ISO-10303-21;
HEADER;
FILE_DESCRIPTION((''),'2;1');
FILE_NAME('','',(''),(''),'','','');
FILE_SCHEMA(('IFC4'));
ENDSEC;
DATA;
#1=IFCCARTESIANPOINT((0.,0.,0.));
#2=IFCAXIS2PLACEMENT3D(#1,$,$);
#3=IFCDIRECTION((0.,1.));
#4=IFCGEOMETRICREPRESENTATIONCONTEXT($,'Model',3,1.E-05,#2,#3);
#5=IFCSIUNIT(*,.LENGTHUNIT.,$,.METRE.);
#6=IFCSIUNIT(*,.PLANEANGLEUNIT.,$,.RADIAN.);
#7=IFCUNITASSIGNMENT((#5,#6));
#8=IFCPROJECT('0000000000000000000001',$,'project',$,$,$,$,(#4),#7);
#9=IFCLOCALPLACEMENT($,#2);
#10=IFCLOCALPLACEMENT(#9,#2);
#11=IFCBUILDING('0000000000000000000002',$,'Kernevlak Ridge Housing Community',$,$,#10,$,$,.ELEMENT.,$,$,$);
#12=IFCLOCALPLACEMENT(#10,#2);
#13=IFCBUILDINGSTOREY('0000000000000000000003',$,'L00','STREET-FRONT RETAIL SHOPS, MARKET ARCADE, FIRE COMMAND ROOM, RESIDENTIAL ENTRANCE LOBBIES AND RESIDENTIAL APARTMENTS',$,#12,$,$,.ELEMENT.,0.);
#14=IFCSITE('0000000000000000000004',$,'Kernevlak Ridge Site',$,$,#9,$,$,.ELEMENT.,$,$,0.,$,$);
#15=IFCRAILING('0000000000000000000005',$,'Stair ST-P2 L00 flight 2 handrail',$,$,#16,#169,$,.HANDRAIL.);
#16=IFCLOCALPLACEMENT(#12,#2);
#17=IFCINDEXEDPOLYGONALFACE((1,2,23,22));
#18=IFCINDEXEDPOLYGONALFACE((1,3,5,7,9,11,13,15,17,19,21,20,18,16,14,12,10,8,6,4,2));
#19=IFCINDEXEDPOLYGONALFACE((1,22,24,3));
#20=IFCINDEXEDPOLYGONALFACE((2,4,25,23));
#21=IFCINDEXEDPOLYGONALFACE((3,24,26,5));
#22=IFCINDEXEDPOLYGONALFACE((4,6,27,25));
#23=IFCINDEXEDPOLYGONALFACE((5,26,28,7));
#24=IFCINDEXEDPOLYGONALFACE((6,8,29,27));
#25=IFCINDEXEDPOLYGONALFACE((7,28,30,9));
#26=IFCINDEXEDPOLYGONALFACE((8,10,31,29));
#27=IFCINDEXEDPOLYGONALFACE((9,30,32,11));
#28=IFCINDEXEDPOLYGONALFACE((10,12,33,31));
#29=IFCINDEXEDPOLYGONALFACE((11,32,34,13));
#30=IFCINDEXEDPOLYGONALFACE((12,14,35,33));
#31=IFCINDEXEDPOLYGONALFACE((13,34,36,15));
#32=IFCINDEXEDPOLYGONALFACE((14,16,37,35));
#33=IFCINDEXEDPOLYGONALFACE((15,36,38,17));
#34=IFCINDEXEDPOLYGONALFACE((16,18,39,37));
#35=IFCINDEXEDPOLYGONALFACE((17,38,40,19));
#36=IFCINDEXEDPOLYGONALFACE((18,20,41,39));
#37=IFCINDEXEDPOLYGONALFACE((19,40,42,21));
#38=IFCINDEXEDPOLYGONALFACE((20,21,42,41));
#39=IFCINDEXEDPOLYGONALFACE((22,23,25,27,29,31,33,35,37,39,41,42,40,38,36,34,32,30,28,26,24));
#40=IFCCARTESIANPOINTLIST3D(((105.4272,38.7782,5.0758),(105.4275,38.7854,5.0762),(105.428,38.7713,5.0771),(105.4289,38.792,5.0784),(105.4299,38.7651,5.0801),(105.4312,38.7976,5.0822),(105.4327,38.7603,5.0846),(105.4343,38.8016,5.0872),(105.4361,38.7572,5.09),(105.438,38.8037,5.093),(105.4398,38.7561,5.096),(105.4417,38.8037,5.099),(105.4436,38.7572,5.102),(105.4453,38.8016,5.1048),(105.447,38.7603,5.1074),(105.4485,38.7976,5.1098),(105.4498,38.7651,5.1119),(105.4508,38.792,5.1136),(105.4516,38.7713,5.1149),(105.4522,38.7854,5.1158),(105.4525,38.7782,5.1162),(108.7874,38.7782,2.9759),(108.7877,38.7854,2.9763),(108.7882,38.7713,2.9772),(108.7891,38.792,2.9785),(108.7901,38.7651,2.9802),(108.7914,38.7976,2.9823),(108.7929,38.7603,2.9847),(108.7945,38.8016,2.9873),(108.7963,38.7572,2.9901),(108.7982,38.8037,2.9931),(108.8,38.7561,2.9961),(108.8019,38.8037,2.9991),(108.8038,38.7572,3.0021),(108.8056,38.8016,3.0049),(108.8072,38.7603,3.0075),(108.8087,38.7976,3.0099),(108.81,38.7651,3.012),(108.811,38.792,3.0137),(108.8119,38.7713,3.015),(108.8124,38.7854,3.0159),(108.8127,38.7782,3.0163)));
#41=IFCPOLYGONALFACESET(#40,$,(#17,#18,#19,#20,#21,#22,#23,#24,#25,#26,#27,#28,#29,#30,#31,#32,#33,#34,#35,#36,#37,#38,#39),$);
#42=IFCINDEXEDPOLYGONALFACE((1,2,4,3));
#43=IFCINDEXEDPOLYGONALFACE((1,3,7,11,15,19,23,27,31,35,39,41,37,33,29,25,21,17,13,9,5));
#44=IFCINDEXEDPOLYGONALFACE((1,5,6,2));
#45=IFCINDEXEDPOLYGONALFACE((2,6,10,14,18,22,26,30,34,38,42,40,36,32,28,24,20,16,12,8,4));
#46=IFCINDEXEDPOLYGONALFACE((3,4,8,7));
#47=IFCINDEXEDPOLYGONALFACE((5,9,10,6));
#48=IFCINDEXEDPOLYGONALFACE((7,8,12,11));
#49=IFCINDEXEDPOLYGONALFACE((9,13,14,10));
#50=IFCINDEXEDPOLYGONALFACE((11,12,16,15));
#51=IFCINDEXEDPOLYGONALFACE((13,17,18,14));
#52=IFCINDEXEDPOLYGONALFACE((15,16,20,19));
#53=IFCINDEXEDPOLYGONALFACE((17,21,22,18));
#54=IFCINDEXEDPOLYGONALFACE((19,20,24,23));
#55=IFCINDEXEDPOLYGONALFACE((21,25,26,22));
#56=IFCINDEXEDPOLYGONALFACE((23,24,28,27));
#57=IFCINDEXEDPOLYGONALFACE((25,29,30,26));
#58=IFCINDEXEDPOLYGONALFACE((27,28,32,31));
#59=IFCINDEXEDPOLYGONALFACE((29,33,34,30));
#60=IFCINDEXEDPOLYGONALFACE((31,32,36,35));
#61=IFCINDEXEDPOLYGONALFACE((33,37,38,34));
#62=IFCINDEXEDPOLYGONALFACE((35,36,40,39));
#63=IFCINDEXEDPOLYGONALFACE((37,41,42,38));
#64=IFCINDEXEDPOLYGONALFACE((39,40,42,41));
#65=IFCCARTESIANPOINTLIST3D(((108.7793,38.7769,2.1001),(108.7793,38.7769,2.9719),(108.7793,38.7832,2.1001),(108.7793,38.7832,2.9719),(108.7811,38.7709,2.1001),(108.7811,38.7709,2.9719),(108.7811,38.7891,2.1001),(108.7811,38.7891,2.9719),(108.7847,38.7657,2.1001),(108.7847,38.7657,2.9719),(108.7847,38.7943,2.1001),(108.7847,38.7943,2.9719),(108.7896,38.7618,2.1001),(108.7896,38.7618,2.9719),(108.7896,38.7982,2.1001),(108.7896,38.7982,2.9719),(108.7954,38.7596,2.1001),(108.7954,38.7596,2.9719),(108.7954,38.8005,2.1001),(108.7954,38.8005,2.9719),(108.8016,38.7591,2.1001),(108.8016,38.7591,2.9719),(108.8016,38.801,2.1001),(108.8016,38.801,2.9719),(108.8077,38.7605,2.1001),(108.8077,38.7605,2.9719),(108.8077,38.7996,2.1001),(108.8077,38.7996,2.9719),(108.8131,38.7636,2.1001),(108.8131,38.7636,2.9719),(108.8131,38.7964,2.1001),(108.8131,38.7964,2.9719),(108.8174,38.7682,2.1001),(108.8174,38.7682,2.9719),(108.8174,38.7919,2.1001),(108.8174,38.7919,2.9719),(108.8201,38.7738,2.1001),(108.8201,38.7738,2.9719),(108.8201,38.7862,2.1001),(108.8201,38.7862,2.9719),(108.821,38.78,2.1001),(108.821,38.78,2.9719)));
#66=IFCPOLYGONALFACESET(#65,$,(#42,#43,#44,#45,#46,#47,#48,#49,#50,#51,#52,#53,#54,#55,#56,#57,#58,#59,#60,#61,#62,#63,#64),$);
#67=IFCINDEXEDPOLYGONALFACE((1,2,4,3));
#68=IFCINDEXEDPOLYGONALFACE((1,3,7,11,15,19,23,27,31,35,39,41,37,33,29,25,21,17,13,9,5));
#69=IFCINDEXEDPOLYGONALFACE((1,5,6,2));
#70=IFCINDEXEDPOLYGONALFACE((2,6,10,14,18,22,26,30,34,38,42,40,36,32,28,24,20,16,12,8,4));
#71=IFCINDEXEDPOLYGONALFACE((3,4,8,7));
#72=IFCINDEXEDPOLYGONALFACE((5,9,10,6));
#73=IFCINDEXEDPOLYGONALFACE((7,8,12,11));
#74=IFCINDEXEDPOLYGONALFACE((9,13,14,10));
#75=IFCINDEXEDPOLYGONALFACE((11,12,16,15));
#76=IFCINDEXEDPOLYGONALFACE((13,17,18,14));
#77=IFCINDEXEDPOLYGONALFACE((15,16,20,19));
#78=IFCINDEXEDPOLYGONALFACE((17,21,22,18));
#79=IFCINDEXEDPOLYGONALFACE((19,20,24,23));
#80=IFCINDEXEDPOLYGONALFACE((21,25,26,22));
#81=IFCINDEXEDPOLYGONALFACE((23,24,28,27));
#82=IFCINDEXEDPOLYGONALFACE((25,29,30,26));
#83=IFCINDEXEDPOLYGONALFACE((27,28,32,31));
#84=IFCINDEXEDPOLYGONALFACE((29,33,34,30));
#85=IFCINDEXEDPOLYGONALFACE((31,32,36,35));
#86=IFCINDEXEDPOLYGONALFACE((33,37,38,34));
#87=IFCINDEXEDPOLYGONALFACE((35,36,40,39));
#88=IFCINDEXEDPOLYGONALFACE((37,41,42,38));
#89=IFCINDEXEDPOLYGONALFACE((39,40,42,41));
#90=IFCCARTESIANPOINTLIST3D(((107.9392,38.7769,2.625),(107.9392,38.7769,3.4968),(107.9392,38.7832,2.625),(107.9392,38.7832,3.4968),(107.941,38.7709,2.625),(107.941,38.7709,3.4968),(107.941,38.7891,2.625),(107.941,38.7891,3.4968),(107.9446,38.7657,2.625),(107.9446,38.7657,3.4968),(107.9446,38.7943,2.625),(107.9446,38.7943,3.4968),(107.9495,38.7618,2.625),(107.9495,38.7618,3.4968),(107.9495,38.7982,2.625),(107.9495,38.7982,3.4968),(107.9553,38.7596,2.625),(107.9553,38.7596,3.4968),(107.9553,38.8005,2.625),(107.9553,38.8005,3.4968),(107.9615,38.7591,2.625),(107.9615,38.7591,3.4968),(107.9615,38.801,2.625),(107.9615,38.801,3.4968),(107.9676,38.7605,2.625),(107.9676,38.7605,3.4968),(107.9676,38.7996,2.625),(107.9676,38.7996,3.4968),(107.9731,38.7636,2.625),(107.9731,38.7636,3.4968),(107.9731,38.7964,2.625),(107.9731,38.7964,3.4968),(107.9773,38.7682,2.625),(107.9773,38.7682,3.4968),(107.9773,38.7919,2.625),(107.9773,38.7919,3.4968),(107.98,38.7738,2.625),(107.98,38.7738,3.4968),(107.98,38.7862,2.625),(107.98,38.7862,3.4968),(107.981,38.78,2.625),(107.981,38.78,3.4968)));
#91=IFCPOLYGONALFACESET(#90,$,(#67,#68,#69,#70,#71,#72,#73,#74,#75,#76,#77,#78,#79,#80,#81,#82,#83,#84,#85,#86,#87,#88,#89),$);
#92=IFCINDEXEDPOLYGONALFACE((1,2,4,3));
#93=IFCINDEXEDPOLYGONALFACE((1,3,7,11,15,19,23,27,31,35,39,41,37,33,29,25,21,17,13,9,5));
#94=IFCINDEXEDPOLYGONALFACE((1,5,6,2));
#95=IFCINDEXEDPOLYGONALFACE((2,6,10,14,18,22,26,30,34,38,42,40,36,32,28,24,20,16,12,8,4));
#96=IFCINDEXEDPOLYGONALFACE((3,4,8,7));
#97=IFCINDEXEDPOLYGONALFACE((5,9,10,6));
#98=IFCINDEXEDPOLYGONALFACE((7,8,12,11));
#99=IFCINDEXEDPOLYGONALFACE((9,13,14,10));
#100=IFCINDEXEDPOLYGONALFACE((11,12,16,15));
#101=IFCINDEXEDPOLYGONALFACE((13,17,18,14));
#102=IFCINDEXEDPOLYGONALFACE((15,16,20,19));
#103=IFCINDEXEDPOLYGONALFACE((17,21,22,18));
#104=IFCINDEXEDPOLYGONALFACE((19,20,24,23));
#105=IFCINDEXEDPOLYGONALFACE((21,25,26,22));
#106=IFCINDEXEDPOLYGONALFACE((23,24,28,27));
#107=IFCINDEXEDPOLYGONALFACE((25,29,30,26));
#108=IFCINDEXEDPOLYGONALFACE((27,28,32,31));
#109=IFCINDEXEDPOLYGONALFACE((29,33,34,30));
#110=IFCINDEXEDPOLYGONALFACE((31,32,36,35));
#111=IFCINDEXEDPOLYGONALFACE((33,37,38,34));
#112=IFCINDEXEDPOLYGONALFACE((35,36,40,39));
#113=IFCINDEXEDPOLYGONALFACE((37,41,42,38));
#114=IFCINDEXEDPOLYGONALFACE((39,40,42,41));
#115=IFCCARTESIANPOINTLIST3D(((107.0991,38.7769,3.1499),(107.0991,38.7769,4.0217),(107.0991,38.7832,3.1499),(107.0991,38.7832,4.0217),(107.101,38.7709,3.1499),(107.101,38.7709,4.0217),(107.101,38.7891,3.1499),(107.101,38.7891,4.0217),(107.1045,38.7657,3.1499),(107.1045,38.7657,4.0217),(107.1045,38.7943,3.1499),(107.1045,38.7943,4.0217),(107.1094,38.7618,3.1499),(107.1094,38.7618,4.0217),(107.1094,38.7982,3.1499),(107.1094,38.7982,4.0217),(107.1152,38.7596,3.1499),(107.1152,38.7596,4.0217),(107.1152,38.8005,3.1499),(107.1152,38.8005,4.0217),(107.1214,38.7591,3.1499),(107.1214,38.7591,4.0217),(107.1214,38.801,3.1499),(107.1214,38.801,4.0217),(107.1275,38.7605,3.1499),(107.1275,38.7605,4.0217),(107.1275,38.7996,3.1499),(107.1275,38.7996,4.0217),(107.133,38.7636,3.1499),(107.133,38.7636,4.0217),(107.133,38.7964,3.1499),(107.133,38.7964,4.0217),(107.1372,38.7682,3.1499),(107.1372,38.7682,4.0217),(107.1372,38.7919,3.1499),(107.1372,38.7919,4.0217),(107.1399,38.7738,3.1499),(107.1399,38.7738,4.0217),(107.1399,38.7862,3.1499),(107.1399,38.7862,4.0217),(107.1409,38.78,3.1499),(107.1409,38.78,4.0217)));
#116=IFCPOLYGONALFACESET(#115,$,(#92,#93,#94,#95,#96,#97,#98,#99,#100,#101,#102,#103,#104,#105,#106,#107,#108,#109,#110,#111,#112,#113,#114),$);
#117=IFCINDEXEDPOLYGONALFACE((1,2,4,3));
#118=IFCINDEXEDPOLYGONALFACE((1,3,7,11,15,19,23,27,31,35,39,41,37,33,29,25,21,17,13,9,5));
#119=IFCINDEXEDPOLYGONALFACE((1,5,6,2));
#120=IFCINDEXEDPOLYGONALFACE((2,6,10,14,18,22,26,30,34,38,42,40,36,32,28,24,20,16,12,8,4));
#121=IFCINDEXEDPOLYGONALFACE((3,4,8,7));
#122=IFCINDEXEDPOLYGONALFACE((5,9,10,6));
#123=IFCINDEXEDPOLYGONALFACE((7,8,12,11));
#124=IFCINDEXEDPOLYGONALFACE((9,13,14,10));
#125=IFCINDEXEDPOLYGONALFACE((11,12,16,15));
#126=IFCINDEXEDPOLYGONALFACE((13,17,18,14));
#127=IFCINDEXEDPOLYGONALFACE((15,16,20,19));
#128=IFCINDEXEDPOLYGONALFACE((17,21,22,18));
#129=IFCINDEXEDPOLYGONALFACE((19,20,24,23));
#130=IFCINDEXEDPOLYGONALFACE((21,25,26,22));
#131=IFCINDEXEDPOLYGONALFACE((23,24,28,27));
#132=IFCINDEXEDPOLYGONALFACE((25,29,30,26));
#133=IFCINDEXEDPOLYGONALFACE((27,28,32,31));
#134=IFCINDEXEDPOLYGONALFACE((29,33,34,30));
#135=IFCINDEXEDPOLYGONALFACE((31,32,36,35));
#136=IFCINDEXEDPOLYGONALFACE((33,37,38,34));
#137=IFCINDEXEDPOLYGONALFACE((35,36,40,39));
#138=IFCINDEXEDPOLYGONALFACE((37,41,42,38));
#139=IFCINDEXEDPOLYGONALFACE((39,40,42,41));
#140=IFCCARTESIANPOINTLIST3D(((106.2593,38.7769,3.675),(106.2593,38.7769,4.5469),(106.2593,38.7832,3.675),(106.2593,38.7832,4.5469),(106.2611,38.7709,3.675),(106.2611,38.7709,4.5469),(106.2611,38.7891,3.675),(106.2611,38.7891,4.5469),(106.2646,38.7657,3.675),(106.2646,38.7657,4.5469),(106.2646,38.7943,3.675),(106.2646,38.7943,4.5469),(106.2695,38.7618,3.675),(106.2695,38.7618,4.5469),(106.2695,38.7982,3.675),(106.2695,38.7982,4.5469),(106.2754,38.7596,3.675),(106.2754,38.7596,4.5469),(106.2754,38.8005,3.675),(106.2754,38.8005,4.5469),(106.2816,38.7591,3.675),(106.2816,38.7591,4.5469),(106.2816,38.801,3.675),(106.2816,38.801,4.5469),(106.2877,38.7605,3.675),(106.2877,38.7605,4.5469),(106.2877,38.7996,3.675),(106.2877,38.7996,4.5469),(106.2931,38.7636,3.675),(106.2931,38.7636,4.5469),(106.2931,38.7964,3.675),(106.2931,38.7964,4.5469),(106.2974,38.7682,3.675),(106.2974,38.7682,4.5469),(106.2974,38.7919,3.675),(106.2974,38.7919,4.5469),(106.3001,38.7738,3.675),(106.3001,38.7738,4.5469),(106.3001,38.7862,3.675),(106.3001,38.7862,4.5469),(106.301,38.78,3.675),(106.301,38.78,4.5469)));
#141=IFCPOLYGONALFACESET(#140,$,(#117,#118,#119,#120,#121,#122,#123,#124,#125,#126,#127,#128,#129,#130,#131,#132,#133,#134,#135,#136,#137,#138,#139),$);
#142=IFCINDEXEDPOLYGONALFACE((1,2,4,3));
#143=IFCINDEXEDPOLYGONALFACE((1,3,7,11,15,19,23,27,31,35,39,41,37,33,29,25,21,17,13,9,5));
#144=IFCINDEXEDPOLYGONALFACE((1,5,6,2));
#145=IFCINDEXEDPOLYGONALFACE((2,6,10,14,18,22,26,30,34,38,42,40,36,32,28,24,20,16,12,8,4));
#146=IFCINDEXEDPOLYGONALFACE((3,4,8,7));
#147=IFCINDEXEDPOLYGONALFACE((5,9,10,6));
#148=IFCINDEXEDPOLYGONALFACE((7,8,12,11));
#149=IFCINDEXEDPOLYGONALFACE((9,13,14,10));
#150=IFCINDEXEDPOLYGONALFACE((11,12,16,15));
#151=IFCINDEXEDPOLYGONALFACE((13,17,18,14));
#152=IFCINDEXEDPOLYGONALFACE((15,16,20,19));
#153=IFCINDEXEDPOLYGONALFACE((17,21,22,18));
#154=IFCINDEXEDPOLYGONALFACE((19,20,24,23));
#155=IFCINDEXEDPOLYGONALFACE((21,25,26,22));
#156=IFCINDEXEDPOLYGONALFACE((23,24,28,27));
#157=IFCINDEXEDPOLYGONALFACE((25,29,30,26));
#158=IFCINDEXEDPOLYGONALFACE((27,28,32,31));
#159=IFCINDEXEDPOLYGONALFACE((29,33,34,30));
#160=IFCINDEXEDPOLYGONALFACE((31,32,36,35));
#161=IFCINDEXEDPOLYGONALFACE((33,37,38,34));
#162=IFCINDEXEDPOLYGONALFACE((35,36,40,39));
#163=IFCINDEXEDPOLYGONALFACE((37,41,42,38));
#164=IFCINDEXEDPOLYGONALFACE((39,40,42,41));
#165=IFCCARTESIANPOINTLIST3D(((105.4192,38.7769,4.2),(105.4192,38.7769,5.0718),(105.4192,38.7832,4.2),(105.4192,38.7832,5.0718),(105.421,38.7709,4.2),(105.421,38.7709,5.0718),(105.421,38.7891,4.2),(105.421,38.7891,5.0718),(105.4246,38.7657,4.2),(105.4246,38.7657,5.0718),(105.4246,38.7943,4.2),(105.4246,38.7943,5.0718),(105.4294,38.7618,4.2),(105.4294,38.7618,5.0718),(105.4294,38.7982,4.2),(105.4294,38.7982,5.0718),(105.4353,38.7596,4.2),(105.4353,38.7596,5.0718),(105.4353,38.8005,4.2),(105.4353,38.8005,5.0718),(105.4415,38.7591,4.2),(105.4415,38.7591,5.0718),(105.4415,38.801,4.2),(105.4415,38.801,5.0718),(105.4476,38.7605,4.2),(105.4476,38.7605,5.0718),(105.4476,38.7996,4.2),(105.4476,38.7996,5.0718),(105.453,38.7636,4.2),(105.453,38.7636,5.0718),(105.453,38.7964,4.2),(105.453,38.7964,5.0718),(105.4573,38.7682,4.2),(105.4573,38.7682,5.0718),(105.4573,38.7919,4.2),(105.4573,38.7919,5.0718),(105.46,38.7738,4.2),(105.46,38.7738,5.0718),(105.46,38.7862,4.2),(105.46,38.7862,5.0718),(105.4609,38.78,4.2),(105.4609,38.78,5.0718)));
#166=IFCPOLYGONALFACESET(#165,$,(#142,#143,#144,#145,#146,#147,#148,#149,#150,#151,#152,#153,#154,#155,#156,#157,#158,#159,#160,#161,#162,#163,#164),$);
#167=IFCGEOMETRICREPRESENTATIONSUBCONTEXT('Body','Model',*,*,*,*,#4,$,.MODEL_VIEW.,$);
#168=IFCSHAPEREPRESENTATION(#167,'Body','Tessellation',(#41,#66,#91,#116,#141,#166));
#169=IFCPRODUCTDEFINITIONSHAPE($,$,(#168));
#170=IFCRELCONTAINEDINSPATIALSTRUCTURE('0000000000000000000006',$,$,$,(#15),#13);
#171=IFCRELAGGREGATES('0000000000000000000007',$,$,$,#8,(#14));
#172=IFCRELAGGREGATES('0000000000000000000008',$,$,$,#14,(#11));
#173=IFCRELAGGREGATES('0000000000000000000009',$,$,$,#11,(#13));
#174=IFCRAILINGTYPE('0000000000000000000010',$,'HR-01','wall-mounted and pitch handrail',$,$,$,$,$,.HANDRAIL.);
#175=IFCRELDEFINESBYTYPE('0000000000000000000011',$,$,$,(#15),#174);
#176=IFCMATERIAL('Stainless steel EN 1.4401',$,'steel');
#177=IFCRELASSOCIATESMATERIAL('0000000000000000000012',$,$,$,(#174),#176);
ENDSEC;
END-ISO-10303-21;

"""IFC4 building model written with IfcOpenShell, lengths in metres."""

from ifc_helpers import new_model, si_unit, direction, frame, origin, origin_2d, place, context, subcontext, project, spatial, circle, extrude, material, type_object, element, save


model = new_model("IFC4")

# Units and contexts
model_context = context("Model", 3, precision=1e-05, world=origin(), true_north=direction((0.0, 1.0)))
body_context = subcontext(model_context, "Body", "Model", "MODEL_VIEW")
ifc_project = project(units=[si_unit("LENGTHUNIT", "METRE"), si_unit("PLANEANGLEUNIT", "RADIAN")], contexts=[model_context])

# Site, building, storey
site_placement = place(None, origin())
site = spatial("IfcSite", under=ifc_project, at=site_placement, Name="Kernevlak Ridge Site", CompositionType="ELEMENT", RefElevation=0.0)
building_placement = place(site_placement, origin())
building = spatial("IfcBuilding", under=site, at=building_placement, Name="Kernevlak Ridge Housing Community", CompositionType="ELEMENT")
storey_placement = place(building_placement, origin())
storey = spatial("IfcBuildingStorey", under=building, at=storey_placement, Name="L00", Description="STREET-FRONT RETAIL SHOPS, MARKET ARCADE, FIRE COMMAND ROOM, RESIDENTIAL ENTRANCE LOBBIES AND RESIDENTIAL APARTMENTS", CompositionType="ELEMENT", Elevation=0.0)

# Railing
ifc_material_1 = material(Name="Stainless steel EN 1.4401", Category="steel")
railing_type_1 = type_object("IfcRailingType", Name="HR-01", Description="wall-mounted and pitch handrail", PredefinedType="HANDRAIL", material=ifc_material_1)
railing_1_placement = place(storey_placement, frame((108.8, 38.78, 2.1001)))
element("IfcRailing", 1, at=railing_1_placement, inside=storey, type_object=railing_type_1, Name="Stair ST-P2 L00 flight 2 handrail", PredefinedType="HANDRAIL", context=body_context, shape_type="SweptSolid", body=[
    extrude(circle(Radius=0.0239, at=origin_2d()), frame((0.0, 0.0, 0.896), z_axis=(-0.848023, 0.0, 0.52996), x_axis=(0.0, -1.0, 0.0)), (0.0, 0.0, 1.0), 3.9624),
    extrude(circle(Radius=0.021, at=origin_2d()), origin(), (0.0, 0.0, 1.0), 0.8718),
    extrude(circle(Radius=0.021, at=origin_2d()), frame((-0.8401, 0.0, 0.5249)), (0.0, 0.0, 1.0), 0.8718),
    extrude(circle(Radius=0.021, at=origin_2d()), frame((-1.6802, 0.0, 1.0498)), (0.0, 0.0, 1.0), 0.8718),
    extrude(circle(Radius=0.021, at=origin_2d()), frame((-2.52, 0.0, 1.575)), (0.0, 0.0, 1.0), 0.8718),
    extrude(circle(Radius=0.021, at=origin_2d()), frame((-3.3601, 0.0, 2.0999)), (0.0, 0.0, 1.0), 0.8718),
])

save(model, "model.ifc")
